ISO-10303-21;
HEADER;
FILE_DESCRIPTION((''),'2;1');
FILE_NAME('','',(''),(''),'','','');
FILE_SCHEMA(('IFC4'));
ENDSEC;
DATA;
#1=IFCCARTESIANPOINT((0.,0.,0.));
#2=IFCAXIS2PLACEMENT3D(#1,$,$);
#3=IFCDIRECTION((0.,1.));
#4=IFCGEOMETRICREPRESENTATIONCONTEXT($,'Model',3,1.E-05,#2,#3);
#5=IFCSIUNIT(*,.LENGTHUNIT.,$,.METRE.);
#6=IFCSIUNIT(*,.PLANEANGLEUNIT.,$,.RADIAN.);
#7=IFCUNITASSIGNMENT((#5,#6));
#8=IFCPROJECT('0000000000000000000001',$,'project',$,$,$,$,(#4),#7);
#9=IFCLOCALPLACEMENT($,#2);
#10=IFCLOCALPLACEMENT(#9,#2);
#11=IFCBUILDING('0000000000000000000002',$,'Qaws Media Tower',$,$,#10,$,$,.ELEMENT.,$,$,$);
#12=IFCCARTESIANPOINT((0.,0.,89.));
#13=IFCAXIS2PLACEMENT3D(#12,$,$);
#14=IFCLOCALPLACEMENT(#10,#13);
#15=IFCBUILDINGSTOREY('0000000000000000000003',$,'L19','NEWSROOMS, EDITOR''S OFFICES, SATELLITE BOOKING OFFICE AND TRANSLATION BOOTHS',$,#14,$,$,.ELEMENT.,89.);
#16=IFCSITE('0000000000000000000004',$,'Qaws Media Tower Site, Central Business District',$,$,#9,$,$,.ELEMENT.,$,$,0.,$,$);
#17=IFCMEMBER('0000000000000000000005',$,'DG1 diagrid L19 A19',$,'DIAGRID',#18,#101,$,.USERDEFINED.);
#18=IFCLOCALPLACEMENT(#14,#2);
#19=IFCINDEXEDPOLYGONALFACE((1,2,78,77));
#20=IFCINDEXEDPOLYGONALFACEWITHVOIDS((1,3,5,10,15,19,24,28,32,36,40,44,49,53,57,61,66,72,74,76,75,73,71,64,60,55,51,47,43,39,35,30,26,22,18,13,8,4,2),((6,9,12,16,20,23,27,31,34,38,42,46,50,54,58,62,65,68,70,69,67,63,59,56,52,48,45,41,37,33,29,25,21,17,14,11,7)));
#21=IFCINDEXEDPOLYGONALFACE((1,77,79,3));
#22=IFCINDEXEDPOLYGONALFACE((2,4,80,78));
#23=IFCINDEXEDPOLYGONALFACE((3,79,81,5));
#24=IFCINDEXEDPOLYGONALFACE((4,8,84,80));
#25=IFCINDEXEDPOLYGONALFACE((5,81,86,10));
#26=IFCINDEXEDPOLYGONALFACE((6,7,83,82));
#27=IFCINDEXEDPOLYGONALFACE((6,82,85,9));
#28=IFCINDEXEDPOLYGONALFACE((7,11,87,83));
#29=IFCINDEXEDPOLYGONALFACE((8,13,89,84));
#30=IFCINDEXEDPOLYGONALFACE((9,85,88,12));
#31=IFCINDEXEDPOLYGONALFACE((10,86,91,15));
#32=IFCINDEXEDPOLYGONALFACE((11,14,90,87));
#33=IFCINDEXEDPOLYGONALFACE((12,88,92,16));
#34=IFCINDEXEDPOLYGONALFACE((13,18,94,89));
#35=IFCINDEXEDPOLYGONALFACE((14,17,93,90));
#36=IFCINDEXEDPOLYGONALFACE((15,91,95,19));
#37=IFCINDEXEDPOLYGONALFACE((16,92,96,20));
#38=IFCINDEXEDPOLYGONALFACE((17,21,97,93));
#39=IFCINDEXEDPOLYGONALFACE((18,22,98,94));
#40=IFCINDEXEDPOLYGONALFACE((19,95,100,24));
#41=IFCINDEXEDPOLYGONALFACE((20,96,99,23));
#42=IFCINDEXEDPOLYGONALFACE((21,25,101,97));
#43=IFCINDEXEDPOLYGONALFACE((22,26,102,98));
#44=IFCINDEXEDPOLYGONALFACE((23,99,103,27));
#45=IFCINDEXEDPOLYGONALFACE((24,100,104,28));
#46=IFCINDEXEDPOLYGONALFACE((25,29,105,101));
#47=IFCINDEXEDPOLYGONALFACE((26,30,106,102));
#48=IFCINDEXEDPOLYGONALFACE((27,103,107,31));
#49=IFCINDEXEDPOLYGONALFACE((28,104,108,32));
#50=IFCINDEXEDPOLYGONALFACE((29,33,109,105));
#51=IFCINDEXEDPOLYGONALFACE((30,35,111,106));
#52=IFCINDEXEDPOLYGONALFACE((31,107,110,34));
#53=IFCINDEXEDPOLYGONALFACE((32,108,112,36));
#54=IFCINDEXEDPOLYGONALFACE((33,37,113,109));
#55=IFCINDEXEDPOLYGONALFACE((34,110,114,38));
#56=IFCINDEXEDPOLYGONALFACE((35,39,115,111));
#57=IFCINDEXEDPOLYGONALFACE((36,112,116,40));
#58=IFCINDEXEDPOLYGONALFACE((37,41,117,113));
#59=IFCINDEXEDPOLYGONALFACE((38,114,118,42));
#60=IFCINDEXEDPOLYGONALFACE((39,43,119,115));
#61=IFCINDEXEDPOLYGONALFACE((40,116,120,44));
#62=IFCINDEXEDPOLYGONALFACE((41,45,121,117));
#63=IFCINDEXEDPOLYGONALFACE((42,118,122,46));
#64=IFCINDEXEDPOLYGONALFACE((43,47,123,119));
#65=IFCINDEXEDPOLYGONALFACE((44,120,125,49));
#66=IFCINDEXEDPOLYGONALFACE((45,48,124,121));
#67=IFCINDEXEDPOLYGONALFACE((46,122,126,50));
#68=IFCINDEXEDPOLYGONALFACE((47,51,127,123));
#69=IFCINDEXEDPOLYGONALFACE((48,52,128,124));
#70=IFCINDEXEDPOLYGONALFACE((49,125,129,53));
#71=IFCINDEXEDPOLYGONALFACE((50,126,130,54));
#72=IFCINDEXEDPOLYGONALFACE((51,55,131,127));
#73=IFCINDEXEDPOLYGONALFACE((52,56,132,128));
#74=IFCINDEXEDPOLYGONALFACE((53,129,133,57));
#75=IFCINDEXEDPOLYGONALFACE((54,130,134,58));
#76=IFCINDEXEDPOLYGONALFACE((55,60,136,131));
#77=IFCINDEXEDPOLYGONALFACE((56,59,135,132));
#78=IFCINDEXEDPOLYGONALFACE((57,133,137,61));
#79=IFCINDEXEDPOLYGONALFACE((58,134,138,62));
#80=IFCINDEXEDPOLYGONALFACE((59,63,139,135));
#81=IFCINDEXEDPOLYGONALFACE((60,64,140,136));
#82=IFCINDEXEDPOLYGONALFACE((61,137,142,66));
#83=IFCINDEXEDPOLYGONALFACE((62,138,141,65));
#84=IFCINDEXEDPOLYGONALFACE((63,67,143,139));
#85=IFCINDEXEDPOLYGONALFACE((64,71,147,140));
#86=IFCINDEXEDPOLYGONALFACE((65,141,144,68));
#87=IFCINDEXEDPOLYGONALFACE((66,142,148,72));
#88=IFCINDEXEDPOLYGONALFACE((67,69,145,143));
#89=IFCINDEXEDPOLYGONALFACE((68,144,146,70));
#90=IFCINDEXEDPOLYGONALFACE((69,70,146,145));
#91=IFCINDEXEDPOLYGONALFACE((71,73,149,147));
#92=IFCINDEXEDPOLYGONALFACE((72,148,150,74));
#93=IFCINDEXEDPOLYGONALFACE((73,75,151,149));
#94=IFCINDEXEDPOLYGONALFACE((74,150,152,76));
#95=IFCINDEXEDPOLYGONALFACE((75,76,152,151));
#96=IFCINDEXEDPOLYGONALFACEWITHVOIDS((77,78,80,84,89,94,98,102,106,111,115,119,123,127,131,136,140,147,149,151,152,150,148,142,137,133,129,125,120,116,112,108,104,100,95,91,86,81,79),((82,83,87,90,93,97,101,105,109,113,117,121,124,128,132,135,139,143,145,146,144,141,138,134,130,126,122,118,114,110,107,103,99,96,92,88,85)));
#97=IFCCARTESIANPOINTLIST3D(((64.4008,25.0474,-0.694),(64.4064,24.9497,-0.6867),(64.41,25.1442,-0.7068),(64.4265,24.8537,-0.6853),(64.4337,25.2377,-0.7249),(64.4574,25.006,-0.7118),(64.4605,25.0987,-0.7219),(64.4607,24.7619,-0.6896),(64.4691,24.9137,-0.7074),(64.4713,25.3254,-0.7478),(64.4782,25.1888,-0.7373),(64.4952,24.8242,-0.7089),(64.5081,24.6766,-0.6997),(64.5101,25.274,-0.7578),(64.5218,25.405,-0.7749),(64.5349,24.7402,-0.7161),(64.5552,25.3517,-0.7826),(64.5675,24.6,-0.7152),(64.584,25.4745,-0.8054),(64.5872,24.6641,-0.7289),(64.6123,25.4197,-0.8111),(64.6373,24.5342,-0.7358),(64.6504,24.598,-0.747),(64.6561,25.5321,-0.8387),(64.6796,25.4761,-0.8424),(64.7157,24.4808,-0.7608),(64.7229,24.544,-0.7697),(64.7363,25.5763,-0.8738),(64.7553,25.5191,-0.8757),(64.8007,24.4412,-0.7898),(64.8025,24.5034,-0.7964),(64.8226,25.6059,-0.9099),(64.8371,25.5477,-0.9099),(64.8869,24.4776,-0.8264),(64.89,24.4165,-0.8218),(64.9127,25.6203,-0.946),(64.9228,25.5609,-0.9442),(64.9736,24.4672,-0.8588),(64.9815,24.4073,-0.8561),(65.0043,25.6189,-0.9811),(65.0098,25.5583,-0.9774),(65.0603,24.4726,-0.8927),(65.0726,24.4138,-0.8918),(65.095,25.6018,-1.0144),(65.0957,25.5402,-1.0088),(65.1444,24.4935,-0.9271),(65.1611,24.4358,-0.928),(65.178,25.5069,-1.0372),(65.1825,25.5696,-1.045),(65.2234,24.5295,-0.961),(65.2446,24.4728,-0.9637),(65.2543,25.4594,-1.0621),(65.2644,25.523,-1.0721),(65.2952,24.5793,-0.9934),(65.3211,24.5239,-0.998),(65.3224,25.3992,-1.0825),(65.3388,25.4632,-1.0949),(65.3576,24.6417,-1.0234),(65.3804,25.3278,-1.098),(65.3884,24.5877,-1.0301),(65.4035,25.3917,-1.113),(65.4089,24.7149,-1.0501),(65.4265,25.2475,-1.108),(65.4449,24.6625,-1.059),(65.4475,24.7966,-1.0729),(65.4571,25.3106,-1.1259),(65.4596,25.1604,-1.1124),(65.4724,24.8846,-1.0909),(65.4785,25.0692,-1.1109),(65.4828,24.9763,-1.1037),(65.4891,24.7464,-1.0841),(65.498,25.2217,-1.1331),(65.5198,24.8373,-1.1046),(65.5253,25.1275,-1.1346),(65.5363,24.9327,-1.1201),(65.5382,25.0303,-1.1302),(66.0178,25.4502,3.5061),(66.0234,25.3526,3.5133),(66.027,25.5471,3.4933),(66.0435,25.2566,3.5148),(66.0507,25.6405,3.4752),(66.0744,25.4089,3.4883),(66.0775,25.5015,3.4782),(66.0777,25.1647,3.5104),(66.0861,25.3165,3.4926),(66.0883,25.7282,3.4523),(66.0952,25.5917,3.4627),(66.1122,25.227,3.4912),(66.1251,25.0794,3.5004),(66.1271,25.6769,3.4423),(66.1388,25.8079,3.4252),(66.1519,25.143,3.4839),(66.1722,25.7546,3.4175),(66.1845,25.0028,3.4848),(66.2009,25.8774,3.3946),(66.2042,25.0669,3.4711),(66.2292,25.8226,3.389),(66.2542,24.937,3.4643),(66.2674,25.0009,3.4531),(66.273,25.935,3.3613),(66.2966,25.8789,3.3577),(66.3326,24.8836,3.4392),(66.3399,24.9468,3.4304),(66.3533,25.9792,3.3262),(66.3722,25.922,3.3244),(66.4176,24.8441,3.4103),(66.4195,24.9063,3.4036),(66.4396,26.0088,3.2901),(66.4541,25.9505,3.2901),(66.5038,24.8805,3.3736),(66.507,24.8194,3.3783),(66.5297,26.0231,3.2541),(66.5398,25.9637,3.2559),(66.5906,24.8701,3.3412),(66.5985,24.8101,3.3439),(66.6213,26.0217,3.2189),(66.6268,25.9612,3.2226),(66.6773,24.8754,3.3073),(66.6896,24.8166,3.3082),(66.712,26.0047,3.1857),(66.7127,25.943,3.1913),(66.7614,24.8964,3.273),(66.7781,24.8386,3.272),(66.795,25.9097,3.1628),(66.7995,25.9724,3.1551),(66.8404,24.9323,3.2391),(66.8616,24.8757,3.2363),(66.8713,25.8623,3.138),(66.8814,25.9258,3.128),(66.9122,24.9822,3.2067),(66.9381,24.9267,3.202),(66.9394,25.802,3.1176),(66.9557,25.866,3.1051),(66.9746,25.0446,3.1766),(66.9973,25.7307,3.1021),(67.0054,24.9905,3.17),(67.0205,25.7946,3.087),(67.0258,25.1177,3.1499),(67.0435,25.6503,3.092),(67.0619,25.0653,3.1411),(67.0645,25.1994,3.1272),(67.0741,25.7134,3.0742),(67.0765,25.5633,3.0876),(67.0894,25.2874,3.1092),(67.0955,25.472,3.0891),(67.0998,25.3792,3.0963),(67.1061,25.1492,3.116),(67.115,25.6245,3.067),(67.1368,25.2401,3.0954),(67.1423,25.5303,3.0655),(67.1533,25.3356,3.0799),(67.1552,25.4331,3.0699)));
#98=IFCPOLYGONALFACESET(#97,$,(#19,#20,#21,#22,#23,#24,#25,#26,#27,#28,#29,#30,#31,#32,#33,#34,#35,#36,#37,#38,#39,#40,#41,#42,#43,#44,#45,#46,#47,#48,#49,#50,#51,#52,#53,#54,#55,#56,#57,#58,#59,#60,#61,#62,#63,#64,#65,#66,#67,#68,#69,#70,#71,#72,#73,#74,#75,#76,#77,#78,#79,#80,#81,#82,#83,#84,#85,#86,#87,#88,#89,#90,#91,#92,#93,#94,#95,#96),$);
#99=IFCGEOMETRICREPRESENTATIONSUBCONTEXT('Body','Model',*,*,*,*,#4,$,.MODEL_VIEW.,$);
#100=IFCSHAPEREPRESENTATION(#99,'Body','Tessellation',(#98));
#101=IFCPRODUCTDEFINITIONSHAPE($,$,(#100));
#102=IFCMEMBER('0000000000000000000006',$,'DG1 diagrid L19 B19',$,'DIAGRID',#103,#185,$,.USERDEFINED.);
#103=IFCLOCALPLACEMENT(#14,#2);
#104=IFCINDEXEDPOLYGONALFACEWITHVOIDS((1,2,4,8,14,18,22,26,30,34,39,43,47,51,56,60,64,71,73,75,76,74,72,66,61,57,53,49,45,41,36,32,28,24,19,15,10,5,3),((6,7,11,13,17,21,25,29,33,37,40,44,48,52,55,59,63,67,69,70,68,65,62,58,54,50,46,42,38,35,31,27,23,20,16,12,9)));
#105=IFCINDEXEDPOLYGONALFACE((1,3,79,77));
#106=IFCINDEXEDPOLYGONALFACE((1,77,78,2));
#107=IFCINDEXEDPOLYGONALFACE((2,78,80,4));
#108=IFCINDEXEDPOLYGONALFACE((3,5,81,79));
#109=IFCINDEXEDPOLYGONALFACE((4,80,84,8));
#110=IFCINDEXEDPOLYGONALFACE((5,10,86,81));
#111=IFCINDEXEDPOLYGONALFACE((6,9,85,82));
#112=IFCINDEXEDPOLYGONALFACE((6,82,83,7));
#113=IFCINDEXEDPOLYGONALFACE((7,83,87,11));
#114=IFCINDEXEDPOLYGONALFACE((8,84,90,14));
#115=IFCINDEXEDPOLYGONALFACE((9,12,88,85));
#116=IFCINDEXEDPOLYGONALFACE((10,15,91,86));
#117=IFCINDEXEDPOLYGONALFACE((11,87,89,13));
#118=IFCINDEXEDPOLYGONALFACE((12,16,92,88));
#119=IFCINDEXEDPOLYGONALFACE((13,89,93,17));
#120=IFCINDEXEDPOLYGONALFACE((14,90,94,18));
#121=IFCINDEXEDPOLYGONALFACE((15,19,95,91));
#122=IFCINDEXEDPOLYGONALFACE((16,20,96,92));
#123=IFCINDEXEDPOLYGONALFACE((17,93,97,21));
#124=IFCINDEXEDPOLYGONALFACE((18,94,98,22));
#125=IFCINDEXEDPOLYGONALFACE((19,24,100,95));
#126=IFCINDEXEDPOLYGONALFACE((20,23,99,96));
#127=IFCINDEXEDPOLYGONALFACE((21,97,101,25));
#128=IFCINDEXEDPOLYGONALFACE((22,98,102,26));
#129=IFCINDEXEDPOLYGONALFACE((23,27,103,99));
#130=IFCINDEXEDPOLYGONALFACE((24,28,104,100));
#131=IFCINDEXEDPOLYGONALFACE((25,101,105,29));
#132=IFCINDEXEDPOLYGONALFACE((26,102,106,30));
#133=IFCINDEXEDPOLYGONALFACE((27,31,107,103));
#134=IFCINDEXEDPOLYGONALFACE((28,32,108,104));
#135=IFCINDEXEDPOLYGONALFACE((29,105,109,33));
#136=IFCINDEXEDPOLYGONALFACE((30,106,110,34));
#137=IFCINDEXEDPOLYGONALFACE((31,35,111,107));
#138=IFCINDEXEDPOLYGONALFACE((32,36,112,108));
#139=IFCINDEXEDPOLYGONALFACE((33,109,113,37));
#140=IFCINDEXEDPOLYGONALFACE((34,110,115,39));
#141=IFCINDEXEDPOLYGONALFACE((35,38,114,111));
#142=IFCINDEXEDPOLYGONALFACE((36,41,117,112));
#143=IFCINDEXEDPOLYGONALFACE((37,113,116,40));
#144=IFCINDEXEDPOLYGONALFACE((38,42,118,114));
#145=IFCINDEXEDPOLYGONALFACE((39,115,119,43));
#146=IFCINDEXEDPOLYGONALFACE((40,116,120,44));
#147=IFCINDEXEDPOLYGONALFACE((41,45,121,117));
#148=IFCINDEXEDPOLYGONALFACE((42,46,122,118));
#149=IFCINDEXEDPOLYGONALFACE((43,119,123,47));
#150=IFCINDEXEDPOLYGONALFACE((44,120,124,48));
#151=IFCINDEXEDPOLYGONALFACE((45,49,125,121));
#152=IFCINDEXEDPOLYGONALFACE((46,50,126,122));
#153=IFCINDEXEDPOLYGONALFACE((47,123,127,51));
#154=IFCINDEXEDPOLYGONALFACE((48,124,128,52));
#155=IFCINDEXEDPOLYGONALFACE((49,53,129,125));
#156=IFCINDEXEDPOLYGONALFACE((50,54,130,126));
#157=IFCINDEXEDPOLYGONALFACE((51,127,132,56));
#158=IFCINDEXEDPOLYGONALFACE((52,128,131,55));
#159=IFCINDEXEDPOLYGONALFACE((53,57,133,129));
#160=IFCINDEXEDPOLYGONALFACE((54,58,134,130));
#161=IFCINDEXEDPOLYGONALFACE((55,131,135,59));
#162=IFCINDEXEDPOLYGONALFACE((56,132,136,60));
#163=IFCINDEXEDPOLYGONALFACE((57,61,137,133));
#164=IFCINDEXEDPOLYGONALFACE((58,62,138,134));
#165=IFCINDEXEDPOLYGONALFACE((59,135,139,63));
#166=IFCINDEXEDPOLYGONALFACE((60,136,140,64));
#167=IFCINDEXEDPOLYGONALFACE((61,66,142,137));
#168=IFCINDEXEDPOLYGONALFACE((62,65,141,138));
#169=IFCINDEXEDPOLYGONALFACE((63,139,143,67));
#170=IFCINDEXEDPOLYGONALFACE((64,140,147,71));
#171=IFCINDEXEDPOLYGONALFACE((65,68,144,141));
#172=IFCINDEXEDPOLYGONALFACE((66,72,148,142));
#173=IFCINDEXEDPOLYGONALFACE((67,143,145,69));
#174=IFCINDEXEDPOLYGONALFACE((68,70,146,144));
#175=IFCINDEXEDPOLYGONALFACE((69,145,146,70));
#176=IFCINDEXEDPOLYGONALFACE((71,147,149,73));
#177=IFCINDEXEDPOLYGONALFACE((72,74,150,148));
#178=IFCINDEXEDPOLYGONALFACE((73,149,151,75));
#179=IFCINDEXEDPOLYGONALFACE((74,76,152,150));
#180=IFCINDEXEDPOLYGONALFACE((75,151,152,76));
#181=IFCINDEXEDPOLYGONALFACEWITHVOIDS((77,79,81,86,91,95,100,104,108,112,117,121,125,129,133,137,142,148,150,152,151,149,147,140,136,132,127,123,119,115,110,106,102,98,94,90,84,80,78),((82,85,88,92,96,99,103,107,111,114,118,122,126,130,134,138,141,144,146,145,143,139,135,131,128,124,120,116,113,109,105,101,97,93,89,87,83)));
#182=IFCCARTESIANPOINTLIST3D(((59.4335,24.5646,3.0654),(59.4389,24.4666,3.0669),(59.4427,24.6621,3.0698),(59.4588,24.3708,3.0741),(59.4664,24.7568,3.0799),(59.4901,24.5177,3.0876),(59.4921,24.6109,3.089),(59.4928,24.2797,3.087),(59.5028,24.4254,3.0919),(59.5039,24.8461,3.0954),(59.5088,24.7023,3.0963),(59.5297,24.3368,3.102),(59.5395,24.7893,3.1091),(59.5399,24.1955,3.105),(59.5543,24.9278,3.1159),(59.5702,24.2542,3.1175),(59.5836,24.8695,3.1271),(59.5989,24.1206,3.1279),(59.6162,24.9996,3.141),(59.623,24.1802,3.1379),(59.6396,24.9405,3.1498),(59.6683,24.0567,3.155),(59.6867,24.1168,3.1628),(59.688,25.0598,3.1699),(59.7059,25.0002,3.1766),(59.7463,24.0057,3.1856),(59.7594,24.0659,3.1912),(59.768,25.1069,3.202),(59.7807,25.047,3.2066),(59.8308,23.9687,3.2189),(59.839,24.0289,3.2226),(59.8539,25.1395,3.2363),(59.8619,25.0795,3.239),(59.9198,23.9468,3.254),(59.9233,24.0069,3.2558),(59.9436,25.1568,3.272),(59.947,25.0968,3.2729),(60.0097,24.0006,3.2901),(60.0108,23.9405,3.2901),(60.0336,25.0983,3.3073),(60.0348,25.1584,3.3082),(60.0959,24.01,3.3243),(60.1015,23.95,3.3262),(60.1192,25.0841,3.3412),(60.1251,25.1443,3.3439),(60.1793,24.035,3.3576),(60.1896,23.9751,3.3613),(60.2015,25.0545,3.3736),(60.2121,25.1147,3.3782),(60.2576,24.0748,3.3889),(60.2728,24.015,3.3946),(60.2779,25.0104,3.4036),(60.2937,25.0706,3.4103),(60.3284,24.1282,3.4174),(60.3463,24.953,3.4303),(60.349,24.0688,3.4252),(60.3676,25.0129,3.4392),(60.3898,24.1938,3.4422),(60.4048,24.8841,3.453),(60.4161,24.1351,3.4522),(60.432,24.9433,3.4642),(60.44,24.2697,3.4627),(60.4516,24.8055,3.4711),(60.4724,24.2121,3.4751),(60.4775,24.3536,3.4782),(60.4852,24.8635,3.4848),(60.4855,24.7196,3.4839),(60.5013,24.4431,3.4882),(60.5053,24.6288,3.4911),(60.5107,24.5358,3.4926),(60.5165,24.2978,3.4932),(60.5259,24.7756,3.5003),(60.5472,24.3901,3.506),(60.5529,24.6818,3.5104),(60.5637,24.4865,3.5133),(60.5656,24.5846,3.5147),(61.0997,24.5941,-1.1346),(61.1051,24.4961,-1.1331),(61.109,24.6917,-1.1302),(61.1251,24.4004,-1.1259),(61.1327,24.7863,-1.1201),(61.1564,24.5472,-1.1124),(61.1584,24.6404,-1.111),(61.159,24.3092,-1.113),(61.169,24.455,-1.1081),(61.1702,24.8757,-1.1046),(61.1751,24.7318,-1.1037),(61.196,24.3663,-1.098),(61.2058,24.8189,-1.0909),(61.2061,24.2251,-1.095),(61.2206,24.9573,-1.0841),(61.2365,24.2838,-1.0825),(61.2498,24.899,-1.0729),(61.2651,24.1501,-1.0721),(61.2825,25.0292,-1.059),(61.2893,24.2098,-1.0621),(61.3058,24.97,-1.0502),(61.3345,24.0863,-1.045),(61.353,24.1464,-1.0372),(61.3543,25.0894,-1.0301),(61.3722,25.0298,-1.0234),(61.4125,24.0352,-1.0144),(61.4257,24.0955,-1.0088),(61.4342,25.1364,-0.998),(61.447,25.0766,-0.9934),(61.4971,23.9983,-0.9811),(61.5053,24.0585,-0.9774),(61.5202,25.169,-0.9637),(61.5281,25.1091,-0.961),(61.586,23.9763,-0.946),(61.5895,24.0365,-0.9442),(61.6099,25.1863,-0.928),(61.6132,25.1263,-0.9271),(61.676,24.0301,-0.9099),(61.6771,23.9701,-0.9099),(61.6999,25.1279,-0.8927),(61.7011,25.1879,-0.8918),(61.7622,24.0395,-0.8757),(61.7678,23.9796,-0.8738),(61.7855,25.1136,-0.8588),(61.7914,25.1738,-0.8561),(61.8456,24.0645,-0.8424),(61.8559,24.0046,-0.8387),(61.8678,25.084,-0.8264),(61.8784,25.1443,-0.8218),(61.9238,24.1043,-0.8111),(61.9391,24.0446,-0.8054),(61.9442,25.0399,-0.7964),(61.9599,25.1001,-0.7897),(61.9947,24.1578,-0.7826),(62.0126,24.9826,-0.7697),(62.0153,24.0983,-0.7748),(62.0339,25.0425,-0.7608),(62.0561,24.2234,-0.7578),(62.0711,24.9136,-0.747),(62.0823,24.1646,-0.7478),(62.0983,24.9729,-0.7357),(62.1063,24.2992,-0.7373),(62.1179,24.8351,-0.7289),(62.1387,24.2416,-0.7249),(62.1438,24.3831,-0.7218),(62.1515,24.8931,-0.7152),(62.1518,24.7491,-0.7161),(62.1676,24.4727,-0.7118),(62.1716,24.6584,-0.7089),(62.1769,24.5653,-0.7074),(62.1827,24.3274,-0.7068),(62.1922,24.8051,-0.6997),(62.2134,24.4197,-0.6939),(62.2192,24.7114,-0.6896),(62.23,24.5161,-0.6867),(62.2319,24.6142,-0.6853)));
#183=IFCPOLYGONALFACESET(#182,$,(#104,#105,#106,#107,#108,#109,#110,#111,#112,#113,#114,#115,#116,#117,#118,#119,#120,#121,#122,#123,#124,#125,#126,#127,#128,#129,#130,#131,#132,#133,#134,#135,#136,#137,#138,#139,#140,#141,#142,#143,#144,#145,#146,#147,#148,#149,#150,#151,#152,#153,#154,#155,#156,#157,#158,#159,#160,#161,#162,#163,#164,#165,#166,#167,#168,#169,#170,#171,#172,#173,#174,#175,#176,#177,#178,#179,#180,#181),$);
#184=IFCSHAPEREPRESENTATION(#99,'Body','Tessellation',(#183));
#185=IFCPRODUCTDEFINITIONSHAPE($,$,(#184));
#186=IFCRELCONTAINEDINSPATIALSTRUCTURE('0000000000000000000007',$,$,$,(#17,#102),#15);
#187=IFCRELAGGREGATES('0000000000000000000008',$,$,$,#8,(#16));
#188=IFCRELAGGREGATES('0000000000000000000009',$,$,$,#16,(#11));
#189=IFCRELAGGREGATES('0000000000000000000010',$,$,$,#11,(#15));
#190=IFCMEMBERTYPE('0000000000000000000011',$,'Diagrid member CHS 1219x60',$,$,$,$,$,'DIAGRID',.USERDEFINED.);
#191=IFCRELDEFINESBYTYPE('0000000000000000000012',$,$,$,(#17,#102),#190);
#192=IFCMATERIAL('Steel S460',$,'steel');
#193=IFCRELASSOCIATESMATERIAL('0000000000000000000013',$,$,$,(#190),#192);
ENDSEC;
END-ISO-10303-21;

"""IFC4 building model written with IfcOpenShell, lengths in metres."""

from ifc_helpers import new_model, si_unit, direction, frame, origin, origin_2d, place, context, subcontext, project, spatial, hollow_circle, extrude, material, material_profile, profile_set, type_object, element, save


model = new_model("IFC4")

# Units and contexts
model_context = context("Model", 3, precision=1e-05, world=origin(), true_north=direction((0.0, 1.0)))
body_context = subcontext(model_context, "Body", "Model", "MODEL_VIEW")
ifc_project = project(units=[si_unit("LENGTHUNIT", "METRE"), si_unit("PLANEANGLEUNIT", "RADIAN")], contexts=[model_context])

# Site, building, storey
site_placement = place(None, origin())
site = spatial("IfcSite", under=ifc_project, at=site_placement, Name="Qaws Media Tower Site, Central Business District", CompositionType="ELEMENT", RefElevation=0.0)
building_placement = place(site_placement, origin())
building = spatial("IfcBuilding", under=site, at=building_placement, Name="Qaws Media Tower", CompositionType="ELEMENT")
storey_placement = place(building_placement, frame((0.0, 0.0, 89.0)))
storey = spatial("IfcBuildingStorey", under=building, at=storey_placement, Name="L19", Description="NEWSROOMS, EDITOR'S OFFICES, SATELLITE BOOKING OFFICE AND TRANSLATION BOOTHS", CompositionType="ELEMENT", Elevation=89.0)

# Members
ifc_material_1 = material(Name="Steel S460", Category="steel")
ifc_material_profile_1 = material_profile(ifc_material_1, hollow_circle(Radius=0.6096, WallThickness=0.0601, at=origin_2d()), Name="CHS 1219x60")
ifc_profile_set_1 = profile_set([ifc_material_profile_1], Name="Steel S460")
member_type_1 = type_object("IfcMemberType", Name="Diagrid member CHS 1219x60", ElementType="DIAGRID", PredefinedType="USERDEFINED", material=ifc_profile_set_1)
for number, where, z_axis, x_axis, name in (
    (1, (64.97, 25.0144, -0.9099), (0.357854, 0.089153, 0.929512), (-0.241743, 0.97034, 0.0), "DG1 diagrid L19 A19"),
    (2, (61.6663, 24.5796, -0.9099), (-0.368764, -0.006538, 0.9295), (0.017726, -0.999843, 0.0), "DG1 diagrid L19 B19"),
):
    element("IfcMember", number, at=place(storey_placement, frame(where, z_axis=z_axis, x_axis=x_axis)), inside=storey, type_object=member_type_1, Name=name, ObjectType="DIAGRID", PredefinedType="USERDEFINED", context=body_context, shape_type="SweptSolid", body=[
        extrude(hollow_circle(Radius=0.6096, WallThickness=0.0601, at=origin_2d()), origin(), (0.0, 0.0, 1.0), 4.5186),
    ])

save(model, "model.ifc")
